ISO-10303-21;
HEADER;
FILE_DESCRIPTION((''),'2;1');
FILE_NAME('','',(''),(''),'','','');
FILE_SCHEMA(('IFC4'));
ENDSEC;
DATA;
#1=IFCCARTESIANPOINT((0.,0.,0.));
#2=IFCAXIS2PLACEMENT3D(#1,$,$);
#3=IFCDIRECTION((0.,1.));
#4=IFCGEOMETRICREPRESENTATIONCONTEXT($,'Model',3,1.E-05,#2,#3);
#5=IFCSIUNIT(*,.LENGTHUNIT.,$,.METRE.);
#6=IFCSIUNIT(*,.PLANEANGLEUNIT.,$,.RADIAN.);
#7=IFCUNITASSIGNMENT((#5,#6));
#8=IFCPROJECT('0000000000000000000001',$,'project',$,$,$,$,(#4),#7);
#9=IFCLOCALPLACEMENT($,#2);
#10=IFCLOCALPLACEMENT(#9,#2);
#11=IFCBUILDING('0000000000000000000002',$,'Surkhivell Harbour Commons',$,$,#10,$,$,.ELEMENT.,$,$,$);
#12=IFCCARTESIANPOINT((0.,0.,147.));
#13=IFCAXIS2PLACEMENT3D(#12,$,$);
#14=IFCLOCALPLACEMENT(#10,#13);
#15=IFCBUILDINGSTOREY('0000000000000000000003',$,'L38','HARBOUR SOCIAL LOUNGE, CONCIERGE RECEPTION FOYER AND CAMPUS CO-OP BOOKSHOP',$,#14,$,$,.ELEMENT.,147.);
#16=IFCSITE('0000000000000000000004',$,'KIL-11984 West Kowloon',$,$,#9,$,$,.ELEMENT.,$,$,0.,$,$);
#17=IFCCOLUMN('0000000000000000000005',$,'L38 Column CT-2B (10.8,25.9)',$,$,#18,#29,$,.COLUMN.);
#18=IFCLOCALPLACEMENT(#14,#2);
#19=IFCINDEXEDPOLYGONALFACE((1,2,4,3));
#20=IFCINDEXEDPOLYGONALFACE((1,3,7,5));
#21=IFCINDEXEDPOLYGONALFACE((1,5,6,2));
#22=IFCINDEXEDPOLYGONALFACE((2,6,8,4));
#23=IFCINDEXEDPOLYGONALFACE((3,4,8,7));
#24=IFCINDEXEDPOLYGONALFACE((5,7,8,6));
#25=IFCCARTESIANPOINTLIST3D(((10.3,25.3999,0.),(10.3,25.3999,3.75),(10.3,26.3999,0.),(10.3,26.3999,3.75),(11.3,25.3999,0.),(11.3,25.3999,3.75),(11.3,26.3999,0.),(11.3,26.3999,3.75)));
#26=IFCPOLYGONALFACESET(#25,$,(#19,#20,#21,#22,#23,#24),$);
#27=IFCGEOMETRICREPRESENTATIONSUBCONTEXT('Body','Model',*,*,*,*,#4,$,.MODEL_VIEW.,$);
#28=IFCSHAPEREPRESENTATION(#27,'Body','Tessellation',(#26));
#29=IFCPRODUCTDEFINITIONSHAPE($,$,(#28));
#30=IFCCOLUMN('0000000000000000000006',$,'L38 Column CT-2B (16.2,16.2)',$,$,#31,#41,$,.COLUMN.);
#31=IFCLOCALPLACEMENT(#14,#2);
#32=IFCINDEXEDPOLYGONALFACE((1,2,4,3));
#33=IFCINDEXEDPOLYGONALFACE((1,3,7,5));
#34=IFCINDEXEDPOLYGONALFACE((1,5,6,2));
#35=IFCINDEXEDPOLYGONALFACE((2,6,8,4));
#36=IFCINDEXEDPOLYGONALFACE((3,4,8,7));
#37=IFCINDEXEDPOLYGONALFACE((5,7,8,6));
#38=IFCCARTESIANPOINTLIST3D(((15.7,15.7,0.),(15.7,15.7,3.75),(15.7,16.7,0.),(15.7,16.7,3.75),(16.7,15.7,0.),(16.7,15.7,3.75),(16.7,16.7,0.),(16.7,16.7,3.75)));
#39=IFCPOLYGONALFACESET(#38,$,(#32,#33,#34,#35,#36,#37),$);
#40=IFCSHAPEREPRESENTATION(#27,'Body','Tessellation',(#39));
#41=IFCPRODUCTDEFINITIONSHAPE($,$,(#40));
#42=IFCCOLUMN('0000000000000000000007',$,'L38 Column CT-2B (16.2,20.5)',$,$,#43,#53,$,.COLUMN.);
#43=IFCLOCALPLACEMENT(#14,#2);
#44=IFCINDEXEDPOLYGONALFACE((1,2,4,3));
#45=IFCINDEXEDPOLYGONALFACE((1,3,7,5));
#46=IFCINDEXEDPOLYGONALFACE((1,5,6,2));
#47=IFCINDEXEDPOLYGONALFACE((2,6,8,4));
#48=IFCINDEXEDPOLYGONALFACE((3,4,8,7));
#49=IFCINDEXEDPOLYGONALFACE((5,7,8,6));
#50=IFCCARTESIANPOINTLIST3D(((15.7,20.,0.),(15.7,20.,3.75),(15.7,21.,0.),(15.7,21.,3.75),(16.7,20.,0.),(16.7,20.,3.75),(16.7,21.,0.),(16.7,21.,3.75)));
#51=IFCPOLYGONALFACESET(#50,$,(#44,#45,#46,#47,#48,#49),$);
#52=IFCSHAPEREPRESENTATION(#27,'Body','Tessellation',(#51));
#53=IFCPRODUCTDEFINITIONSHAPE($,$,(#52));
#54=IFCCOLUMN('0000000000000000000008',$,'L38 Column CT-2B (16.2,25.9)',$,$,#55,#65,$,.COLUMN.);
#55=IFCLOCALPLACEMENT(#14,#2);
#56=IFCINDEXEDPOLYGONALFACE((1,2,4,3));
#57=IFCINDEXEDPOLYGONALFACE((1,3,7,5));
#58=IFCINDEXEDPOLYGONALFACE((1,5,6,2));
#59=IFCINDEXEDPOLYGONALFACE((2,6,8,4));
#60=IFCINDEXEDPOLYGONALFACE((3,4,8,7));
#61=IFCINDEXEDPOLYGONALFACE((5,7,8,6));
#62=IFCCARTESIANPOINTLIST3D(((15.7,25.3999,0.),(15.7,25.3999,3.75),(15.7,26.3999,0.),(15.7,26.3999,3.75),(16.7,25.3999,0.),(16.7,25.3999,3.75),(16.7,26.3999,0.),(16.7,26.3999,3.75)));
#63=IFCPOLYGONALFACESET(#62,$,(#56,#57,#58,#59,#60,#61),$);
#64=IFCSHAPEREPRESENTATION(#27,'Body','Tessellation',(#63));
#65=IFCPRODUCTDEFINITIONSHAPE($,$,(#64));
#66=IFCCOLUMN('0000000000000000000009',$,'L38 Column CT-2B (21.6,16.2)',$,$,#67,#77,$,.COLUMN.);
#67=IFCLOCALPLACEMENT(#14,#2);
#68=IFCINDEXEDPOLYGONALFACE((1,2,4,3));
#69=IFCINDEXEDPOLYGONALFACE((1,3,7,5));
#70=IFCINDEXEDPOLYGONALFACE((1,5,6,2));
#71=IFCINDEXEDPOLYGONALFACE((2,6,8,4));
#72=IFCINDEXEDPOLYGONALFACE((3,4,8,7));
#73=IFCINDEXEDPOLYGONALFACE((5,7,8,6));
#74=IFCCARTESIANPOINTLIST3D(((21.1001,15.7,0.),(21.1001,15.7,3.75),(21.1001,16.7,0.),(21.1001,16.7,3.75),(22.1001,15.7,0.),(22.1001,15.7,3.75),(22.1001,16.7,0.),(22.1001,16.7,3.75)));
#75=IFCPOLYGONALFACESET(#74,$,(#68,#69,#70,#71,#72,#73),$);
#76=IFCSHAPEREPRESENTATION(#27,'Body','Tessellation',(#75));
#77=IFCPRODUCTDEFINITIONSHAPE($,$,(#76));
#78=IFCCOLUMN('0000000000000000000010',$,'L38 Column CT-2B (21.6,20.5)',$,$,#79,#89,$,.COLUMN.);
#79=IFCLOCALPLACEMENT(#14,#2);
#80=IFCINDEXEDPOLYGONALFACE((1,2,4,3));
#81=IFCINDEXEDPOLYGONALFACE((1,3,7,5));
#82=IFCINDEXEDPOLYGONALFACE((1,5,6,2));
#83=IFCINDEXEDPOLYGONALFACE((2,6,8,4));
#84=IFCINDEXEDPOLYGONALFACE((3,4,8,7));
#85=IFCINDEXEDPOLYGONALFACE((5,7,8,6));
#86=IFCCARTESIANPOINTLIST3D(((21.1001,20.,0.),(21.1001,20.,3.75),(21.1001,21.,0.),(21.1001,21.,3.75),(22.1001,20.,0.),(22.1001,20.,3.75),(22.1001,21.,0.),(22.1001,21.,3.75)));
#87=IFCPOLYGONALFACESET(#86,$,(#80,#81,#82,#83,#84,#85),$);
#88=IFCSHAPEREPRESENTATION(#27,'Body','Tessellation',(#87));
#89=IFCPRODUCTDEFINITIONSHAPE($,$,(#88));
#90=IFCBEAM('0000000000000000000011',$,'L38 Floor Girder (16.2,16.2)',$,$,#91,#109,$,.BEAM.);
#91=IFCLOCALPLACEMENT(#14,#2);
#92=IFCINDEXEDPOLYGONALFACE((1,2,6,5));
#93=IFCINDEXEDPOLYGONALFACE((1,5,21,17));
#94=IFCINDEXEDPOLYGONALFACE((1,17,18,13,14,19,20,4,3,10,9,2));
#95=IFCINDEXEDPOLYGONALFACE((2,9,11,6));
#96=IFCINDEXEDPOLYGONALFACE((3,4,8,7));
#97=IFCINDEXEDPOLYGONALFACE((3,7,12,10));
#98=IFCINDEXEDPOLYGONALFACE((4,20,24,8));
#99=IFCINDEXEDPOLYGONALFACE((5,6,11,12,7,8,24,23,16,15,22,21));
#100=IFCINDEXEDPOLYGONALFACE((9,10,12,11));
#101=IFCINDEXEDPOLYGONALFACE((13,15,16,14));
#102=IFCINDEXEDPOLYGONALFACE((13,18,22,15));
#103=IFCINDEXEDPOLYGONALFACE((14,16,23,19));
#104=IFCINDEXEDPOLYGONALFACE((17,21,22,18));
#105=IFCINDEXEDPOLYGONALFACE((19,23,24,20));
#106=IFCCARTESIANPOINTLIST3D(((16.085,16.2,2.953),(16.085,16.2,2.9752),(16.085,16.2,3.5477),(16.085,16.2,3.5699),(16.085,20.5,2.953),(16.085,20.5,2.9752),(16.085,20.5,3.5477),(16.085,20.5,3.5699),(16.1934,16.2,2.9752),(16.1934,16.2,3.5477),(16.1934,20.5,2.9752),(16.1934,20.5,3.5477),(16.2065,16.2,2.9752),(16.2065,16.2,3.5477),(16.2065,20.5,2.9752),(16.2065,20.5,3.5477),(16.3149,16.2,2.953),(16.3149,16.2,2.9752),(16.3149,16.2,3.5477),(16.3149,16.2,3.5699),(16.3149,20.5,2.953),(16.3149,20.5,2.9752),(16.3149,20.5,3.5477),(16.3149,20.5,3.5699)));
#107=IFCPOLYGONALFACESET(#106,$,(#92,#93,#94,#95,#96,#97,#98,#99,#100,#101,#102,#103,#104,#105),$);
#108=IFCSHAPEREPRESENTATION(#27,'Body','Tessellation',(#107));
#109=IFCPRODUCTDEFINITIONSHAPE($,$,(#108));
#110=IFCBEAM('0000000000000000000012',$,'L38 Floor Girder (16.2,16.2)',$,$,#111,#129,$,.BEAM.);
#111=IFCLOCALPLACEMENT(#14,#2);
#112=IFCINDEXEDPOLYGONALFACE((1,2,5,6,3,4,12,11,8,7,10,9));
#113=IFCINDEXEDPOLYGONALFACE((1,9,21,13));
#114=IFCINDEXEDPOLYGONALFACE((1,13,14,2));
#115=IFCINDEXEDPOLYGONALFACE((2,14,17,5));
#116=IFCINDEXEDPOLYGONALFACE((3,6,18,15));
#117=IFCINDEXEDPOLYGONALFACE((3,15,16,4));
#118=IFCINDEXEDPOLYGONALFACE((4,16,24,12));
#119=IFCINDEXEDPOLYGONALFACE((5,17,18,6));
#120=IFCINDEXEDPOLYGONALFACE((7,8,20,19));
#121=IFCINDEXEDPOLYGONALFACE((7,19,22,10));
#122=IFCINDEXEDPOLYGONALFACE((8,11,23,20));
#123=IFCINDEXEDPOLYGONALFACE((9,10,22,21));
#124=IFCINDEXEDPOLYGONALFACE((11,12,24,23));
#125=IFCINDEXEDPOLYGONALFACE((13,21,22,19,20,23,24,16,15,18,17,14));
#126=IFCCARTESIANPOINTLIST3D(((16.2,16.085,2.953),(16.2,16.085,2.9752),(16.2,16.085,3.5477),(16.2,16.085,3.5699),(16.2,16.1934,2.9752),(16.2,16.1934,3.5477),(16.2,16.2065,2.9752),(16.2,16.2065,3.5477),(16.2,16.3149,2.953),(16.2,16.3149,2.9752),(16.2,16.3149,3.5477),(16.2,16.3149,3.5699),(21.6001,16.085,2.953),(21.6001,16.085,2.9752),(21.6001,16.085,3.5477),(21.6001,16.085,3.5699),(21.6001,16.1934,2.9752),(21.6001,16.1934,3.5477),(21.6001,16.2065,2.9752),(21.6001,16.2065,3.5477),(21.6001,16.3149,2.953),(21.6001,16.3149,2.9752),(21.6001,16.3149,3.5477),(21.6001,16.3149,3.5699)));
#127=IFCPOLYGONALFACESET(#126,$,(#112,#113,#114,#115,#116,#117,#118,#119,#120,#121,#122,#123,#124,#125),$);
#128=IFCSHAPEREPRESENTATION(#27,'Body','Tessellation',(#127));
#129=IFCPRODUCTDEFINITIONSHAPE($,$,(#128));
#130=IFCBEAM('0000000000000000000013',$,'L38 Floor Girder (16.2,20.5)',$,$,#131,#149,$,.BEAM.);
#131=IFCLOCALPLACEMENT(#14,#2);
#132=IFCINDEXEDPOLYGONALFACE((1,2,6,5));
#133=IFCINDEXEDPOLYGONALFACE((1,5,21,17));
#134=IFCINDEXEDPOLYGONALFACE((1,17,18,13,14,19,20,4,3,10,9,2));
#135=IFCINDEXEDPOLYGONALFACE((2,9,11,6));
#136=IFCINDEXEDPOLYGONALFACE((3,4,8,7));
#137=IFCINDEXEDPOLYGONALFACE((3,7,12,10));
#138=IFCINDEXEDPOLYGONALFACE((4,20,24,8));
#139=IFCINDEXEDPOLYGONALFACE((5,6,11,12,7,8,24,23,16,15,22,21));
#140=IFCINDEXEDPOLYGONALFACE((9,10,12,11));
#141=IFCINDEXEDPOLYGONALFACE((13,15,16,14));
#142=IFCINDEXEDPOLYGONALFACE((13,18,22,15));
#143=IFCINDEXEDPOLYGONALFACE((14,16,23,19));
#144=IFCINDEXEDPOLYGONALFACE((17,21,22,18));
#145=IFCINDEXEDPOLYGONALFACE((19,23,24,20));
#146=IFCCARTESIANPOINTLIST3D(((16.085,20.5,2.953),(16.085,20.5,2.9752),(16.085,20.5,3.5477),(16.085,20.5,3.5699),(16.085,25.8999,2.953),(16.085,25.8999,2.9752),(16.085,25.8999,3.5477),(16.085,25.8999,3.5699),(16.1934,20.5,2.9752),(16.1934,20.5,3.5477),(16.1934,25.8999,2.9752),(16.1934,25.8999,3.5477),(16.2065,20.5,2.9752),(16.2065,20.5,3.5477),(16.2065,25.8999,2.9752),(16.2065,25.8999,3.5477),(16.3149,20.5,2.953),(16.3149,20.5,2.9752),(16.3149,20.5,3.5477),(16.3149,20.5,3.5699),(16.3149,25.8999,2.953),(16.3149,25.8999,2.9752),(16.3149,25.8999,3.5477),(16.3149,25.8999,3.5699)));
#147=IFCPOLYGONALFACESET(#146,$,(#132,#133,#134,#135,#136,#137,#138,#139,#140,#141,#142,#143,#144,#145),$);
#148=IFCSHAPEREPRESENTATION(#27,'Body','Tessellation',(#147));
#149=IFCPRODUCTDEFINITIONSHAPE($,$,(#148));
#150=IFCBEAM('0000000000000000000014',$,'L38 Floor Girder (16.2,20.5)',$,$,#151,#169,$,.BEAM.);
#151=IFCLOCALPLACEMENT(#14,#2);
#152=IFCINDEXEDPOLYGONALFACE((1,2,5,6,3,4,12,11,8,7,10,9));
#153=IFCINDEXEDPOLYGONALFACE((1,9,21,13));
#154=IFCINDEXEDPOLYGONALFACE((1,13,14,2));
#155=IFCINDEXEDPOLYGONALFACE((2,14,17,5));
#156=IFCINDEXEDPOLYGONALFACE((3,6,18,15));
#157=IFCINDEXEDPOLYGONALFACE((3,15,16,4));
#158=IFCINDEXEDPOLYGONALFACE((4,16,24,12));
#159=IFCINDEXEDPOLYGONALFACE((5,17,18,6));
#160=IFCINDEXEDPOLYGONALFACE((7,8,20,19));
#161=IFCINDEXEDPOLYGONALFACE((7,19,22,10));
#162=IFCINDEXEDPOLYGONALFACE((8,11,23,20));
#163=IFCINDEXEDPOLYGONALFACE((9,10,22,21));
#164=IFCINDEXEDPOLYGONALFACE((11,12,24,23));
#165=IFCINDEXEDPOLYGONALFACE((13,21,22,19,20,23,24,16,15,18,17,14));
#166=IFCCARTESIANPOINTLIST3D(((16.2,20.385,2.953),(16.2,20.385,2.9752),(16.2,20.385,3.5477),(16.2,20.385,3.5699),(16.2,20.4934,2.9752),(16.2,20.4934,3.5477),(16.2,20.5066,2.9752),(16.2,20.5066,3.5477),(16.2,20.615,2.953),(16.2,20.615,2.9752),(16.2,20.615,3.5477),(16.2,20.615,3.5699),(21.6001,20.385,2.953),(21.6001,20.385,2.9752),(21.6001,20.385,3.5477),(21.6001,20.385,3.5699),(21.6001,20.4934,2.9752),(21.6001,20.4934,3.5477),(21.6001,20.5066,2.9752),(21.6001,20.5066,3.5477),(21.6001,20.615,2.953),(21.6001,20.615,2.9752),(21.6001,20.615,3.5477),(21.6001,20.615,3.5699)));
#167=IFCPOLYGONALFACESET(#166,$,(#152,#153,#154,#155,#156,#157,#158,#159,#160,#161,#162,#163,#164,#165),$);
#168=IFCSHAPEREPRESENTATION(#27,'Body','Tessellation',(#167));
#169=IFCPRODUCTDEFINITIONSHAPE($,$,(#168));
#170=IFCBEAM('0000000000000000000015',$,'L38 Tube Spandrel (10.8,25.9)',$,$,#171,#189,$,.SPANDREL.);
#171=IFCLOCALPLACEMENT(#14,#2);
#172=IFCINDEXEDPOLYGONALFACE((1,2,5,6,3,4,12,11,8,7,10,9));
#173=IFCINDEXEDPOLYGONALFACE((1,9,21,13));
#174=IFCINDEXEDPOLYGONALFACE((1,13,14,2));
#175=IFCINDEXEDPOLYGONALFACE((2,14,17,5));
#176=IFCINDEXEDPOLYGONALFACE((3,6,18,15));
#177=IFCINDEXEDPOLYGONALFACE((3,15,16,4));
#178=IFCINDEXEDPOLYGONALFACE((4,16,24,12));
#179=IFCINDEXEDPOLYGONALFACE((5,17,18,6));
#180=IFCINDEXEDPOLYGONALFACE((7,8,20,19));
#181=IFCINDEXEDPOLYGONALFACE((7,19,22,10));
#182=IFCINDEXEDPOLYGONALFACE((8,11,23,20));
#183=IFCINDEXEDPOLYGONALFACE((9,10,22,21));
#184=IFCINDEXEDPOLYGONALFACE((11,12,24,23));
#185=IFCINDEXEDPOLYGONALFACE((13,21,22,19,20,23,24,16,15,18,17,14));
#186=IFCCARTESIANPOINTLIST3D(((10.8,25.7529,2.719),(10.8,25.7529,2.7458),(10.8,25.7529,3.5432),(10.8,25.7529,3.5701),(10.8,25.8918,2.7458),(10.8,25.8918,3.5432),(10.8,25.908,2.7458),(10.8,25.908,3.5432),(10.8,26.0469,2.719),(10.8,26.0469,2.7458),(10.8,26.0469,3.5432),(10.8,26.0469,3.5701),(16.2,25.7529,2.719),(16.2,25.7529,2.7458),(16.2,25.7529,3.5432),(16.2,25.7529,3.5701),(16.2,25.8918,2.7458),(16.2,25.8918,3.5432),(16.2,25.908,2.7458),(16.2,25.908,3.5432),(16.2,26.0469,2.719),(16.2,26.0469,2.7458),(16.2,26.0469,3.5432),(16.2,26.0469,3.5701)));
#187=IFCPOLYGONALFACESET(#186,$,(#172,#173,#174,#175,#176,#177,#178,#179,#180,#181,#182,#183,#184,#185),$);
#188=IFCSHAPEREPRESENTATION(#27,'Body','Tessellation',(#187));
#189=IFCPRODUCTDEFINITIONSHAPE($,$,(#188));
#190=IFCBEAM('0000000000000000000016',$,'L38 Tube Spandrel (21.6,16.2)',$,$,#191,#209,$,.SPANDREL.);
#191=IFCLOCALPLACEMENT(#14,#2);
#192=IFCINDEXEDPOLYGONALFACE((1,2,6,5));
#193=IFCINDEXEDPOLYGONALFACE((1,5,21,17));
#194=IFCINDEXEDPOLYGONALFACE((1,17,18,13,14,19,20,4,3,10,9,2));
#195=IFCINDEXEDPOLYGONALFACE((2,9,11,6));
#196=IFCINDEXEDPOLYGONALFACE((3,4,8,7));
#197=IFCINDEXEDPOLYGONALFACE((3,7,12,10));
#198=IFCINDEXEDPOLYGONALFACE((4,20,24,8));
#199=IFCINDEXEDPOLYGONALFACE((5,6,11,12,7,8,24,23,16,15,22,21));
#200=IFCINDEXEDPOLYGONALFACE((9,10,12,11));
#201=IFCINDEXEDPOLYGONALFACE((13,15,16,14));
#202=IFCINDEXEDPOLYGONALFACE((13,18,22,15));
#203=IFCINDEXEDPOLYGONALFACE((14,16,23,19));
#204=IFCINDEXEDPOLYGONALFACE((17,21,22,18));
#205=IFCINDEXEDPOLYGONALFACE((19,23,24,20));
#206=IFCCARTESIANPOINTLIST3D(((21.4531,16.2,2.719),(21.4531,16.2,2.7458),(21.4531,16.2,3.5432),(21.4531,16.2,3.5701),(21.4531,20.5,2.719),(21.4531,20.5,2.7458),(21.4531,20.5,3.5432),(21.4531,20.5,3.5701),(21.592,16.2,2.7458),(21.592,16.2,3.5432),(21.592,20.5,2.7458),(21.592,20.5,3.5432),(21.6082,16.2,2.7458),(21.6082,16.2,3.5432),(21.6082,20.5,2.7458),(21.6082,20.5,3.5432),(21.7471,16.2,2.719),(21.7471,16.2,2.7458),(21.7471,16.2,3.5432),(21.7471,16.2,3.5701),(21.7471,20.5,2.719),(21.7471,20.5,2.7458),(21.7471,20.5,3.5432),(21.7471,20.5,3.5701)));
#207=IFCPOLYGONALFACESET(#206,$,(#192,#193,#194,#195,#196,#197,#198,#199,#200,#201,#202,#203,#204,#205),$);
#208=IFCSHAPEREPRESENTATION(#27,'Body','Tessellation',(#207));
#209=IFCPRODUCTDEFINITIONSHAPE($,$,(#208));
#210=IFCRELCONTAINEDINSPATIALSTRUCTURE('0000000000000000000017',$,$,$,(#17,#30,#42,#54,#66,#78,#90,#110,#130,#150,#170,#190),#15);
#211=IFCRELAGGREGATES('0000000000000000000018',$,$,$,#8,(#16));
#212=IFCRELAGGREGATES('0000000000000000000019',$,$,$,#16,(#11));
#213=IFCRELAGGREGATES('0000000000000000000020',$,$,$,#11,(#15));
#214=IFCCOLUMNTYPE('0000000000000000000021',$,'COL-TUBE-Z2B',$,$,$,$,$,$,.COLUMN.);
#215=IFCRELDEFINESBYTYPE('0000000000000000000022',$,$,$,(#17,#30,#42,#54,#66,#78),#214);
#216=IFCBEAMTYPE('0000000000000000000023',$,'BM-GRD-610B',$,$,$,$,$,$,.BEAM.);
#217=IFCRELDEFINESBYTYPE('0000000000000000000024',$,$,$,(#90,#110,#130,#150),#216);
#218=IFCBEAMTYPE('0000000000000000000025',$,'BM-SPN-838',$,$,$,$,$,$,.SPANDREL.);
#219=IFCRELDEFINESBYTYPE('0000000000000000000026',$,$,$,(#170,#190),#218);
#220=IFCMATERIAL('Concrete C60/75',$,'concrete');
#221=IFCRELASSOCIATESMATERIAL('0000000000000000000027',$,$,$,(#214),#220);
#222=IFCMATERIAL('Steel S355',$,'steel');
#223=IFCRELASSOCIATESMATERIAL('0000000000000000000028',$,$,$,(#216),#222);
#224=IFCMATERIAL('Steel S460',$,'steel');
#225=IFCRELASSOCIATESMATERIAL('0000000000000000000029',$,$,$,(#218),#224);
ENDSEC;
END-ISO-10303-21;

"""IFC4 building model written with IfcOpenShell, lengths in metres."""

from ifc_helpers import new_model, si_unit, direction, frame, origin, origin_2d, place, context, subcontext, project, spatial, rectangle, i_section, extrude, material, material_profile, profile_set, type_object, element, save


model = new_model("IFC4")

# Units and contexts
model_context = context("Model", 3, precision=1e-05, world=origin(), true_north=direction((0.0, 1.0)))
body_context = subcontext(model_context, "Body", "Model", "MODEL_VIEW")
ifc_project = project(units=[si_unit("LENGTHUNIT", "METRE"), si_unit("PLANEANGLEUNIT", "RADIAN")], contexts=[model_context])

# Site, building, storey
site_placement = place(None, origin())
site = spatial("IfcSite", under=ifc_project, at=site_placement, Name="KIL-11984 West Kowloon", CompositionType="ELEMENT", RefElevation=0.0)
building_placement = place(site_placement, origin())
building = spatial("IfcBuilding", under=site, at=building_placement, Name="Surkhivell Harbour Commons", CompositionType="ELEMENT")
storey_placement = place(building_placement, frame((0.0, 0.0, 147.0)))
storey = spatial("IfcBuildingStorey", under=building, at=storey_placement, Name="L38", Description="HARBOUR SOCIAL LOUNGE, CONCIERGE RECEPTION FOYER AND CAMPUS CO-OP BOOKSHOP", CompositionType="ELEMENT", Elevation=147.0)

# Columns
ifc_material_1 = material(Name="Concrete C60/75", Category="concrete")
ifc_material_profile_1 = material_profile(ifc_material_1, rectangle(XDim=1.0, YDim=1.0, at=origin_2d()), Name="RC-COL-1000x1000")
ifc_profile_set_1 = profile_set([ifc_material_profile_1], Name="Concrete C60/75")
column_type = type_object("IfcColumnType", Name="COL-TUBE-Z2B", PredefinedType="COLUMN", material=ifc_profile_set_1)
for number, where, z_axis, x_axis, name in (
    (1, (10.8, 25.8999, 0.0), (0.0, 0.0, 1.0), (1.0, 0.0, 0.0), "L38 Column CT-2B (10.8,25.9)"),
    (2, (16.2, 16.2, 0.0), (0.0, 0.0, 1.0), (1.0, 0.0, 0.0), "L38 Column CT-2B (16.2,16.2)"),
    (3, (16.2, 20.5, 0.0), (0.0, 0.0, 1.0), (1.0, 0.0, 0.0), "L38 Column CT-2B (16.2,20.5)"),
    (4, (16.2, 25.8999, 0.0), (0.0, 0.0, 1.0), (1.0, 0.0, 0.0), "L38 Column CT-2B (16.2,25.9)"),
    (5, (21.6001, 16.2, 0.0), (0.0, 0.0, 1.0), (1.0, 0.0, 0.0), "L38 Column CT-2B (21.6,16.2)"),
    (6, (21.6001, 20.5, 0.0), (0.0, 0.0, 1.0), (1.0, 0.0, 0.0), "L38 Column CT-2B (21.6,20.5)"),
):
    element("IfcColumn", number, at=place(storey_placement, frame(where, z_axis=z_axis, x_axis=x_axis)), inside=storey, type_object=column_type, Name=name, PredefinedType="COLUMN", context=body_context, shape_type="SweptSolid", body=[
        extrude(rectangle(XDim=1.0, YDim=1.0, at=origin_2d()), origin(), (0.0, 0.0, 1.0), 3.75),
    ])

# Beams
ifc_material_2 = material(Name="Steel S355", Category="steel")
ifc_material_profile_2 = material_profile(ifc_material_2, i_section(OverallWidth=0.23, OverallDepth=0.6169, WebThickness=0.0132, FlangeThickness=0.0222, at=origin_2d()), Name="UB610x229x140")
ifc_profile_set_2 = profile_set([ifc_material_profile_2], Name="Steel S355")
beam_type_1 = type_object("IfcBeamType", Name="BM-GRD-610B", PredefinedType="BEAM", material=ifc_profile_set_2)
beam_1_placement = place(storey_placement, frame((16.2, 16.2, 3.2615), z_axis=(0.0, 1.0, 0.0), x_axis=(-1.0, 0.0, 0.0)))
element("IfcBeam", 7, at=beam_1_placement, inside=storey, type_object=beam_type_1, Name="L38 Floor Girder (16.2,16.2)", PredefinedType="BEAM", context=body_context, shape_type="SweptSolid", body=[
    extrude(i_section(OverallWidth=0.23, OverallDepth=0.6169, WebThickness=0.0132, FlangeThickness=0.0222, at=origin_2d()), origin(), (0.0, 0.0, 1.0), 4.3),
])
beam_2_placement = place(storey_placement, frame((16.2, 16.2, 3.2615), z_axis=(1.0, 0.0, 0.0), x_axis=(0.0, 1.0, 0.0)))
element("IfcBeam", 8, at=beam_2_placement, inside=storey, type_object=beam_type_1, Name="L38 Floor Girder (16.2,16.2)", PredefinedType="BEAM", context=body_context, shape_type="SweptSolid", body=[
    extrude(i_section(OverallWidth=0.23, OverallDepth=0.6169, WebThickness=0.0132, FlangeThickness=0.0222, at=origin_2d()), origin(), (0.0, 0.0, 1.0), 5.4001),
])
beam_3_placement = place(storey_placement, frame((16.2, 20.5, 3.2615), z_axis=(0.0, 1.0, 0.0), x_axis=(-1.0, 0.0, 0.0)))
element("IfcBeam", 9, at=beam_3_placement, inside=storey, type_object=beam_type_1, Name="L38 Floor Girder (16.2,20.5)", PredefinedType="BEAM", context=body_context, shape_type="SweptSolid", body=[
    extrude(i_section(OverallWidth=0.23, OverallDepth=0.6169, WebThickness=0.0132, FlangeThickness=0.0222, at=origin_2d()), origin(), (0.0, 0.0, 1.0), 5.3999),
])
beam_4_placement = place(storey_placement, frame((16.2, 20.5, 3.2615), z_axis=(1.0, 0.0, 0.0), x_axis=(0.0, 1.0, 0.0)))
element("IfcBeam", 10, at=beam_4_placement, inside=storey, type_object=beam_type_1, Name="L38 Floor Girder (16.2,20.5)", PredefinedType="BEAM", context=body_context, shape_type="SweptSolid", body=[
    extrude(i_section(OverallWidth=0.23, OverallDepth=0.6169, WebThickness=0.0132, FlangeThickness=0.0222, at=origin_2d()), origin(), (0.0, 0.0, 1.0), 5.4001),
])
ifc_material_3 = material(Name="Steel S460", Category="steel")
ifc_material_profile_3 = material_profile(ifc_material_3, i_section(OverallWidth=0.2939, OverallDepth=0.8511, WebThickness=0.0161, FlangeThickness=0.0269, at=origin_2d()), Name="UB838x292x226")
ifc_profile_set_3 = profile_set([ifc_material_profile_3], Name="Steel S460")
beam_type_2 = type_object("IfcBeamType", Name="BM-SPN-838", PredefinedType="SPANDREL", material=ifc_profile_set_3)
beam_5_placement = place(storey_placement, frame((10.8, 25.8999, 3.1445), z_axis=(1.0, 0.0, 0.0), x_axis=(0.0, 1.0, 0.0)))
element("IfcBeam", 11, at=beam_5_placement, inside=storey, type_object=beam_type_2, Name="L38 Tube Spandrel (10.8,25.9)", PredefinedType="SPANDREL", context=body_context, shape_type="SweptSolid", body=[
    extrude(i_section(OverallWidth=0.2939, OverallDepth=0.8511, WebThickness=0.0161, FlangeThickness=0.0269, at=origin_2d()), origin(), (0.0, 0.0, 1.0), 5.3999),
])
beam_6_placement = place(storey_placement, frame((21.6001, 16.2, 3.1445), z_axis=(0.0, 1.0, 0.0), x_axis=(-1.0, 0.0, 0.0)))
element("IfcBeam", 12, at=beam_6_placement, inside=storey, type_object=beam_type_2, Name="L38 Tube Spandrel (21.6,16.2)", PredefinedType="SPANDREL", context=body_context, shape_type="SweptSolid", body=[
    extrude(i_section(OverallWidth=0.2939, OverallDepth=0.8511, WebThickness=0.0161, FlangeThickness=0.0269, at=origin_2d()), origin(), (0.0, 0.0, 1.0), 4.3),
])

save(model, "model.ifc")
